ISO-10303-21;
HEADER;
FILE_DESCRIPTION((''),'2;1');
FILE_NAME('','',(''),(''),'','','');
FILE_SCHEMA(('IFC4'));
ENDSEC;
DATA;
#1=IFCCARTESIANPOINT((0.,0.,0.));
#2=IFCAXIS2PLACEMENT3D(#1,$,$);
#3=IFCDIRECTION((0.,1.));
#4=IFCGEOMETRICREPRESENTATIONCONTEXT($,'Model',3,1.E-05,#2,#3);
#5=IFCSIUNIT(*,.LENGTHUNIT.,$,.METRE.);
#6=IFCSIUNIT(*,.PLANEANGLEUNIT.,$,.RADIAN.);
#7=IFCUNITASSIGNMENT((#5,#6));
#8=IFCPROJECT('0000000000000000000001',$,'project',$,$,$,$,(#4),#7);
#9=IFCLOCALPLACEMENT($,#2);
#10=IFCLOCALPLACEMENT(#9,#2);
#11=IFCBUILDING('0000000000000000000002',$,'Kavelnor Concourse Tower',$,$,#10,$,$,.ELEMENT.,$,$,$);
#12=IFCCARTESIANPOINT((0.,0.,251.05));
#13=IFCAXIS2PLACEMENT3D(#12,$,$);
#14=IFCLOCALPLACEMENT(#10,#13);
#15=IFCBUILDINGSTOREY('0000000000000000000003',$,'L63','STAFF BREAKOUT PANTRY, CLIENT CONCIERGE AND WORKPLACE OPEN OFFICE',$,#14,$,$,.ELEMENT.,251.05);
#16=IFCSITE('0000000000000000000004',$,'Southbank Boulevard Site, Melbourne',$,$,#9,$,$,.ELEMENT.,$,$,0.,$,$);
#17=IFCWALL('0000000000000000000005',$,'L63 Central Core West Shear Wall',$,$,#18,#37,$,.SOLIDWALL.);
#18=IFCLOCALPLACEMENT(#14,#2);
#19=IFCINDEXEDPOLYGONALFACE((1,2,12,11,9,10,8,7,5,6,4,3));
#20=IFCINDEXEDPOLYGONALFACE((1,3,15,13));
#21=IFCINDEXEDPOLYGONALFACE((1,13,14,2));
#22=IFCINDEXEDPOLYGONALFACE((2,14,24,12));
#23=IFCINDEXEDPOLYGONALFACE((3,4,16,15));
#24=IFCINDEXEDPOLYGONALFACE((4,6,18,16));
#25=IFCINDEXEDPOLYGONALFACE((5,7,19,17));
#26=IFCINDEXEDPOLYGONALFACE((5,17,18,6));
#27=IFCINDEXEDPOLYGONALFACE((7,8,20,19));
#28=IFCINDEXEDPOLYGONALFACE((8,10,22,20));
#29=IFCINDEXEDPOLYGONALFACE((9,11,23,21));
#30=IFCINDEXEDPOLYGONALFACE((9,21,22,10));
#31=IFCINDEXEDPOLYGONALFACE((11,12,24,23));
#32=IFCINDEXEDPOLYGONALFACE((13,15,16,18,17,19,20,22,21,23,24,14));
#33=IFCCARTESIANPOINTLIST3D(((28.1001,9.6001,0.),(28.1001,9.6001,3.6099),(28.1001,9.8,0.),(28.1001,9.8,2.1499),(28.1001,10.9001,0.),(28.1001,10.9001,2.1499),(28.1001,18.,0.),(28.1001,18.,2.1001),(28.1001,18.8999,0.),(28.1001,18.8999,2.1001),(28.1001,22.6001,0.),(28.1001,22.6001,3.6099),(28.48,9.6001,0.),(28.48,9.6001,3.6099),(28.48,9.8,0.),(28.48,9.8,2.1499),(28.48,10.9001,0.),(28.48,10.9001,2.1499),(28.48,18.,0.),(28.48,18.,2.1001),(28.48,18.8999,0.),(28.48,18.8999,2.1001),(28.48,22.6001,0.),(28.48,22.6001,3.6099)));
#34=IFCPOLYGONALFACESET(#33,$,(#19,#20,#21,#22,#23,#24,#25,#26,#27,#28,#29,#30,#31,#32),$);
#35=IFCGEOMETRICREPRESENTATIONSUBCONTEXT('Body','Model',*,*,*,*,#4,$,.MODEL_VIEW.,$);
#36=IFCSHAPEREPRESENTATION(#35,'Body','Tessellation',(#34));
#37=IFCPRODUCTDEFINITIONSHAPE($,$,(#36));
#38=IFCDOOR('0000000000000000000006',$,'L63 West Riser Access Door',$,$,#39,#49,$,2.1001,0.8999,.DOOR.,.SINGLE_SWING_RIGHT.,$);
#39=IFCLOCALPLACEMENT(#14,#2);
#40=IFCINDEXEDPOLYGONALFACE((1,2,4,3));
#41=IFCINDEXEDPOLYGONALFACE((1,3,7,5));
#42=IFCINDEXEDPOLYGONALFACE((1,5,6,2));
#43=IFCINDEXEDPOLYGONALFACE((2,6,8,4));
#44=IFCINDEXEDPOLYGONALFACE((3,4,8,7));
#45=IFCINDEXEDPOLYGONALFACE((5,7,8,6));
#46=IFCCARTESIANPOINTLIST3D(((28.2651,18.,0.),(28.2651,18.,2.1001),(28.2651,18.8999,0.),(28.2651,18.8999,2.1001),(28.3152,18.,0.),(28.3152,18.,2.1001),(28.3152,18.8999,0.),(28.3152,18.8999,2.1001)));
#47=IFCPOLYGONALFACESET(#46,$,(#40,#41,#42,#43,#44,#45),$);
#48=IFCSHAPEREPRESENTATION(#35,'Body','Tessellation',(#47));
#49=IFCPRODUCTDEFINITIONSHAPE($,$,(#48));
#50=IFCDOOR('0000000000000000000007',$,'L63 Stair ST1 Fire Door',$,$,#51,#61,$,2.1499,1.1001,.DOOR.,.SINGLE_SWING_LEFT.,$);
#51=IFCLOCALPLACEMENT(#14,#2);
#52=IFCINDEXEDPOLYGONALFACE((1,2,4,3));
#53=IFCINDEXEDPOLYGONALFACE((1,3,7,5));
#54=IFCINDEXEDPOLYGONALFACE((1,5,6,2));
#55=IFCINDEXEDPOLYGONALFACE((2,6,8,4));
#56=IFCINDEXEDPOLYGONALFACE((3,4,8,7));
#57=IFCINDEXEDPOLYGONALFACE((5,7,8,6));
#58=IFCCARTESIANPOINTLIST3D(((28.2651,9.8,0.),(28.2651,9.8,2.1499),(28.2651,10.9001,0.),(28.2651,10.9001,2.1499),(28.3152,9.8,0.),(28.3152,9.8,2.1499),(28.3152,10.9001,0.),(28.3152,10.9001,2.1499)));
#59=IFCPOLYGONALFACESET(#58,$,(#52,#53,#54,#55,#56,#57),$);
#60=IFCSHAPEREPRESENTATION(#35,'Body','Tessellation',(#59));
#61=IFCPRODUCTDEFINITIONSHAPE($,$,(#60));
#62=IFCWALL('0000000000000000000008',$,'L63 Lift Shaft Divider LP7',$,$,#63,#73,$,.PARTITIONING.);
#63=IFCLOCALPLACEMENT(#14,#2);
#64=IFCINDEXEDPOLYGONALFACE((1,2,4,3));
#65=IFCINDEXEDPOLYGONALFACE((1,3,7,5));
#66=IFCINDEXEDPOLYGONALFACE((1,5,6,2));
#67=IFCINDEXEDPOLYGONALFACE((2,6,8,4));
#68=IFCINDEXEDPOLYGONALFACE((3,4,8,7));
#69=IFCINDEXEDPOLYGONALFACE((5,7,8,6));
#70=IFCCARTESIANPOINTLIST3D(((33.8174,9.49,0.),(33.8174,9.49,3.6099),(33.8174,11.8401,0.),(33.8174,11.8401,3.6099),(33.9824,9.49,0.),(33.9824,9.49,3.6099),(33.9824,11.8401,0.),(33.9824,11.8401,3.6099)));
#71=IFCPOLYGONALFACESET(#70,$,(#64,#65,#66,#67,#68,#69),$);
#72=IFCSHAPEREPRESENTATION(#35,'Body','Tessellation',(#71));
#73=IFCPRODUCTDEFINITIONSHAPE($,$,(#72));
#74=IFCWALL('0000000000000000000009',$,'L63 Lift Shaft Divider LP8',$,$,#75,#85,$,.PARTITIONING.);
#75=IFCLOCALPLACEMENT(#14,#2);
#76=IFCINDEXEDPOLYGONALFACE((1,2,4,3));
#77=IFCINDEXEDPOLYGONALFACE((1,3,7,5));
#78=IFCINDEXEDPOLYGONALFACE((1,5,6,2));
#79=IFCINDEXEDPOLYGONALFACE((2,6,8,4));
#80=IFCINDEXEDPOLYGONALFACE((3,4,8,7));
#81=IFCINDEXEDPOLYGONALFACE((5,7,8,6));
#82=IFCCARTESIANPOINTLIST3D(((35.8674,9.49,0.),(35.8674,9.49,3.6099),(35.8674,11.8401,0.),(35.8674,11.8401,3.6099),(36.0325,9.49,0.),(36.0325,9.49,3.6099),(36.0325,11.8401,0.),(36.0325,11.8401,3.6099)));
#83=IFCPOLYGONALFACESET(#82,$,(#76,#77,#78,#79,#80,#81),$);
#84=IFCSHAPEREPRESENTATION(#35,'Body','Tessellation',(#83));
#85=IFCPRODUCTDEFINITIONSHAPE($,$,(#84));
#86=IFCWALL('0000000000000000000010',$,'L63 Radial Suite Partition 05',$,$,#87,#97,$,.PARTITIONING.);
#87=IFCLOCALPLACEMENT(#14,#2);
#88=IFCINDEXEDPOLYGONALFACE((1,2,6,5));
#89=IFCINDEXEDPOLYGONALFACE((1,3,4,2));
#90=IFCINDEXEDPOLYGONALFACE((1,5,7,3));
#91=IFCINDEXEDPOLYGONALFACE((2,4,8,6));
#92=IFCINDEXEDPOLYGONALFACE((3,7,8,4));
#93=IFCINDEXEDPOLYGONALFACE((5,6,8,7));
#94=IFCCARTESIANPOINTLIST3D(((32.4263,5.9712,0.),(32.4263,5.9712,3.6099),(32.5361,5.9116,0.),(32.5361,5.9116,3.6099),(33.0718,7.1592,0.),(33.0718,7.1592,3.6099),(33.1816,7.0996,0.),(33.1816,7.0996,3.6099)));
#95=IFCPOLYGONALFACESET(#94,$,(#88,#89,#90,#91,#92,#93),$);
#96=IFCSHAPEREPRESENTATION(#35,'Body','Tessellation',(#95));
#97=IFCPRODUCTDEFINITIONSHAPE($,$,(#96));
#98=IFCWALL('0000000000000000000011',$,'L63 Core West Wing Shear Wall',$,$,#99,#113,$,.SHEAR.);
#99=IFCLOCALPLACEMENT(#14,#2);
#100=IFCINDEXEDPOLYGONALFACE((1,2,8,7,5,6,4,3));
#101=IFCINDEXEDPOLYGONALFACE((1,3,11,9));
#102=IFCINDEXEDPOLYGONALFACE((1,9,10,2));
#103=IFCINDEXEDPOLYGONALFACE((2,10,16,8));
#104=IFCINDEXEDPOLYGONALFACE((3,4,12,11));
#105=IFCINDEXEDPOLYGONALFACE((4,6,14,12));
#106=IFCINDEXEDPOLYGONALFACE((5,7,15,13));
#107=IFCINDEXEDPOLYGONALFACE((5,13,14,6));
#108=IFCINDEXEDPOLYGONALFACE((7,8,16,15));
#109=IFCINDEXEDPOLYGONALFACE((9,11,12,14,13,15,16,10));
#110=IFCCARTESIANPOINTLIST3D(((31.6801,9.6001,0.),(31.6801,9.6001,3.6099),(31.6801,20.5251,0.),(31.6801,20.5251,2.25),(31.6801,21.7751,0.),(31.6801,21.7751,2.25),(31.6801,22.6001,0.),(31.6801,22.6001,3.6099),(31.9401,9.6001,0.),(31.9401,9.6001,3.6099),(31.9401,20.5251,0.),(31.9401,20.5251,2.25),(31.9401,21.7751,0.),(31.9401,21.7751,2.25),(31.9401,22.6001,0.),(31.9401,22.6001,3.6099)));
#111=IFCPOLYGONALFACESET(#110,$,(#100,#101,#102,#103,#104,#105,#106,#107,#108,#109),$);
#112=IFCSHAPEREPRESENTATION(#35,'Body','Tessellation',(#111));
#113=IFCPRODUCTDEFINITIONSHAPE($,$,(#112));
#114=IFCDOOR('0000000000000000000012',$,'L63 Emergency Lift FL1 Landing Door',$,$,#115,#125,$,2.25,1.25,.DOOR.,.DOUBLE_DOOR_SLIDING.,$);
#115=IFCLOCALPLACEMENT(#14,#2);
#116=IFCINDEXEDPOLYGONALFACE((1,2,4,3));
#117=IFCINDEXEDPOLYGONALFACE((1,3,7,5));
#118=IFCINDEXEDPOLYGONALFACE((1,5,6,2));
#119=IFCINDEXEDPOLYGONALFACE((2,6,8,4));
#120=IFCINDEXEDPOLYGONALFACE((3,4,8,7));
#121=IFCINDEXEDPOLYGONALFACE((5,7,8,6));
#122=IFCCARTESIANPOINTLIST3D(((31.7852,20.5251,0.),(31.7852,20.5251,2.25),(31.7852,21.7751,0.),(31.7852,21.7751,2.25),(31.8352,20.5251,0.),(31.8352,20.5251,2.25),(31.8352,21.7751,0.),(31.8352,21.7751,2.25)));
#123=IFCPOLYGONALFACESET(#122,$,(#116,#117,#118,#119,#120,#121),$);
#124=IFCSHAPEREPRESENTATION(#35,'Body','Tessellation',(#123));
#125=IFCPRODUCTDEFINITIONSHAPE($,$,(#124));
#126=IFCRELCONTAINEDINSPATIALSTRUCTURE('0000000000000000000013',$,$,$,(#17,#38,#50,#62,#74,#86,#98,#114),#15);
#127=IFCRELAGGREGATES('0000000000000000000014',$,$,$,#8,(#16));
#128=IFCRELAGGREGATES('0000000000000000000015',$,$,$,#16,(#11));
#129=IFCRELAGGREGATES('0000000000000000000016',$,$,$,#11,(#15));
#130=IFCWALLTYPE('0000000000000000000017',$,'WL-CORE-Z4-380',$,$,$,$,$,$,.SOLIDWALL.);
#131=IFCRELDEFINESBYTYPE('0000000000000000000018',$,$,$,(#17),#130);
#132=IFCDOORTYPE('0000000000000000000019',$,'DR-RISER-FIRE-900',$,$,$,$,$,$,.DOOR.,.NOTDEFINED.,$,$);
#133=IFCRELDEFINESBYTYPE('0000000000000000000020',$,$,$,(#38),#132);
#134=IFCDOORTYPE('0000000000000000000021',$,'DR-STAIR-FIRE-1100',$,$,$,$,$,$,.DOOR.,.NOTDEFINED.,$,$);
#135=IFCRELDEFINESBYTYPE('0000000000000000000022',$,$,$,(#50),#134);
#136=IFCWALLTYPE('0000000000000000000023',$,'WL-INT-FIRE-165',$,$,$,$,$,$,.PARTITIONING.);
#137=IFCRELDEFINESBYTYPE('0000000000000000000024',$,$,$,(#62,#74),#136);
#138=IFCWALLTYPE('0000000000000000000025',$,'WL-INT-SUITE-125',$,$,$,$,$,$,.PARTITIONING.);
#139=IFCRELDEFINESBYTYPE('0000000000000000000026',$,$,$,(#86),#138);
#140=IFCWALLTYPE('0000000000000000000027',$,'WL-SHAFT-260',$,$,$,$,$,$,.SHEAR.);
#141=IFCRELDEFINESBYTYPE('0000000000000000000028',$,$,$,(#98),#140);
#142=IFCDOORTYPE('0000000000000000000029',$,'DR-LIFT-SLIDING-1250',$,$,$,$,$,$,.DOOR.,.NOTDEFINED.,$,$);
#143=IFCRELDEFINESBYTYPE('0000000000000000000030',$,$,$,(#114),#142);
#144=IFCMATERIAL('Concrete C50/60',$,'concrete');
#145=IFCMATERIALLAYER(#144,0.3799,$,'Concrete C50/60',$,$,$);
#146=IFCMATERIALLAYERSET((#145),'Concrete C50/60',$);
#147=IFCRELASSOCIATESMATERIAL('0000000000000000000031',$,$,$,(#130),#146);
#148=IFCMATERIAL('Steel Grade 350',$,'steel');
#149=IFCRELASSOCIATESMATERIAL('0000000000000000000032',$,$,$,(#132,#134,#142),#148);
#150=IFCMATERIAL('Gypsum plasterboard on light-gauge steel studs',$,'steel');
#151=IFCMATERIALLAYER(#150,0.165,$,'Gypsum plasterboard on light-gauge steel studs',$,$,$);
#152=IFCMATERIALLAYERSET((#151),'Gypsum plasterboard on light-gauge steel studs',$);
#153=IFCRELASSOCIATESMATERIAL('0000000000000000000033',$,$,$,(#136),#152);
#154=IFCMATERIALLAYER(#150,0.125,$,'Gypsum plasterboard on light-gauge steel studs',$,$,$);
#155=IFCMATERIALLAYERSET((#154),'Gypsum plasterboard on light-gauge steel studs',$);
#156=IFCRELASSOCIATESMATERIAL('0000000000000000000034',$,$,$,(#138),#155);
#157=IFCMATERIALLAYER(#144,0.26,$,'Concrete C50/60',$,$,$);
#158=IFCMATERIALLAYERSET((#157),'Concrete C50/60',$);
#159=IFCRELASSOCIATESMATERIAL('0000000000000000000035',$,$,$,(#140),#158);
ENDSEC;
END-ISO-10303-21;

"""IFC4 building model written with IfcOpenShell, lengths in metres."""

from ifc_helpers import new_model, si_unit, direction, frame, frame_2d, origin, place, context, subcontext, project, spatial, rectangle, extrude, material, layer, layer_set, type_object, element, fill, save


model = new_model("IFC4")

# Units and contexts
model_context = context("Model", 3, precision=1e-05, world=origin(), true_north=direction((0.0, 1.0)))
body_context = subcontext(model_context, "Body", "Model", "MODEL_VIEW")
ifc_project = project(units=[si_unit("LENGTHUNIT", "METRE"), si_unit("PLANEANGLEUNIT", "RADIAN")], contexts=[model_context])

# Site, building, storey
site_placement = place(None, origin())
site = spatial("IfcSite", under=ifc_project, at=site_placement, Name="Southbank Boulevard Site, Melbourne", CompositionType="ELEMENT", RefElevation=0.0)
building_placement = place(site_placement, origin())
building = spatial("IfcBuilding", under=site, at=building_placement, Name="Kavelnor Concourse Tower", CompositionType="ELEMENT")
storey_placement = place(building_placement, frame((0.0, 0.0, 251.05)))
storey = spatial("IfcBuildingStorey", under=building, at=storey_placement, Name="L63", Description="STAFF BREAKOUT PANTRY, CLIENT CONCIERGE AND WORKPLACE OPEN OFFICE", CompositionType="ELEMENT", Elevation=251.05)

# Shared definitions
ifc_material_1 = material(Name="Steel Grade 350", Category="steel")

# Wall, openings, doors
ifc_material_2 = material(Name="Concrete C50/60", Category="concrete")
ifc_layer_1 = layer(ifc_material_2, 0.3799, Name="Concrete C50/60")
ifc_layer_set_1 = layer_set([ifc_layer_1], Name="Concrete C50/60")
wall_type_1 = type_object("IfcWallType", Name="WL-CORE-Z4-380", PredefinedType="SOLIDWALL", material=ifc_layer_set_1)
wall_1_placement = place(storey_placement, frame((28.29, 9.6001, 0.0), z_axis=(0.0, 0.0, 1.0), x_axis=(0.0, 1.0, 0.0)))
wall_1 = element("IfcWall", 1, at=wall_1_placement, inside=storey, type_object=wall_type_1, Name="L63 Central Core West Shear Wall", PredefinedType="SOLIDWALL", context=body_context, shape_type="SweptSolid", body=[
    extrude(rectangle(XDim=13.0, YDim=0.3799, at=frame_2d((6.5, 0.0))), origin(), (0.0, 0.0, 1.0), 3.6099),
])
opening_1_placement = place(wall_1_placement, frame((0.2, 0.0, 0.0)))
opening_1 = element("IfcOpeningElement", 2, at=opening_1_placement, cuts=wall_1, PredefinedType="OPENING", context=body_context, shape_type="SweptSolid", body=[
    extrude(rectangle(XDim=1.1001, YDim=2.1499, at=frame_2d((0.55, 1.075))), frame((0.0, 0.2, 0.0), z_axis=(0.0, -1.0, 0.0), x_axis=(1.0, 0.0, 0.0)), (0.0, 0.0, 1.0), 0.3999),
])
opening_2_placement = place(wall_1_placement, frame((8.3999, 0.0, 0.0)))
opening_2 = element("IfcOpeningElement", 3, at=opening_2_placement, cuts=wall_1, PredefinedType="OPENING", context=body_context, shape_type="SweptSolid", body=[
    extrude(rectangle(XDim=0.8999, YDim=2.1001, at=frame_2d((0.45, 1.05))), frame((0.0, 0.2, 0.0), z_axis=(0.0, -1.0, 0.0), x_axis=(1.0, 0.0, 0.0)), (0.0, 0.0, 1.0), 0.3999),
])
door_type_1 = type_object("IfcDoorType", Name="DR-RISER-FIRE-900", OperationType="NOTDEFINED", PredefinedType="DOOR", material=ifc_material_1)
door_1_placement = place(opening_2_placement, origin())
door_1 = element("IfcDoor", 4, at=door_1_placement, inside=storey, type_object=door_type_1, Name="L63 West Riser Access Door", OperationType="SINGLE_SWING_RIGHT", OverallHeight=2.1001, OverallWidth=0.8999, PredefinedType="DOOR", context=body_context, shape_type="SweptSolid", body=[
    extrude(rectangle(XDim=0.8999, YDim=2.1001, at=frame_2d((0.45, 1.05))), frame((0.0, 0.0249, 0.0), z_axis=(0.0, -1.0, 0.0), x_axis=(1.0, 0.0, 0.0)), (0.0, 0.0, 1.0), 0.05),
])
fill(opening_2, door_1)
door_type_2 = type_object("IfcDoorType", Name="DR-STAIR-FIRE-1100", OperationType="NOTDEFINED", PredefinedType="DOOR", material=ifc_material_1)
door_2_placement = place(opening_1_placement, origin())
door_2 = element("IfcDoor", 5, at=door_2_placement, inside=storey, type_object=door_type_2, Name="L63 Stair ST1 Fire Door", OperationType="SINGLE_SWING_LEFT", OverallHeight=2.1499, OverallWidth=1.1001, PredefinedType="DOOR", context=body_context, shape_type="SweptSolid", body=[
    extrude(rectangle(XDim=1.1001, YDim=2.1499, at=frame_2d((0.55, 1.075))), frame((0.0, 0.0249, 0.0), z_axis=(0.0, -1.0, 0.0), x_axis=(1.0, 0.0, 0.0)), (0.0, 0.0, 1.0), 0.05),
])
fill(opening_1, door_2)

# Walls
ifc_material_3 = material(Name="Gypsum plasterboard on light-gauge steel studs", Category="steel")
ifc_layer_2 = layer(ifc_material_3, 0.165, Name="Gypsum plasterboard on light-gauge steel studs")
ifc_layer_set_2 = layer_set([ifc_layer_2], Name="Gypsum plasterboard on light-gauge steel studs")
wall_type_2 = type_object("IfcWallType", Name="WL-INT-FIRE-165", PredefinedType="PARTITIONING", material=ifc_layer_set_2)
for number, where, z_axis, x_axis, name in (
    (6, (33.8999, 9.49, 0.0), (0.0, 0.0, 1.0), (0.0, 1.0, 0.0), "L63 Lift Shaft Divider LP7"),
    (7, (35.95, 9.49, 0.0), (0.0, 0.0, 1.0), (0.0, 1.0, 0.0), "L63 Lift Shaft Divider LP8"),
):
    element("IfcWall", number, at=place(storey_placement, frame(where, z_axis=z_axis, x_axis=x_axis)), inside=storey, type_object=wall_type_2, Name=name, PredefinedType="PARTITIONING", context=body_context, shape_type="SweptSolid", body=[
        extrude(rectangle(XDim=2.3501, YDim=0.165, at=frame_2d((1.175, 0.0))), origin(), (0.0, 0.0, 1.0), 3.6099),
    ])
ifc_layer_3 = layer(ifc_material_3, 0.125, Name="Gypsum plasterboard on light-gauge steel studs")
ifc_layer_set_3 = layer_set([ifc_layer_3], Name="Gypsum plasterboard on light-gauge steel studs")
wall_type_3 = type_object("IfcWallType", Name="WL-INT-SUITE-125", PredefinedType="PARTITIONING", material=ifc_layer_set_3)
wall_2_placement = place(storey_placement, frame((33.1267, 7.1294, 0.0), z_axis=(0.0, 0.0, 1.0), x_axis=(-0.477435, -0.878667, 0.0)))
element("IfcWall", 8, at=wall_2_placement, inside=storey, type_object=wall_type_3, Name="L63 Radial Suite Partition 05", PredefinedType="PARTITIONING", context=body_context, shape_type="SweptSolid", body=[
    extrude(rectangle(XDim=1.3521, YDim=0.125, at=frame_2d((0.676, 0.0))), origin(), (0.0, 0.0, 1.0), 3.6099),
])

# Wall, opening, door
ifc_layer_4 = layer(ifc_material_2, 0.26, Name="Concrete C50/60")
ifc_layer_set_4 = layer_set([ifc_layer_4], Name="Concrete C50/60")
wall_type_4 = type_object("IfcWallType", Name="WL-SHAFT-260", PredefinedType="SHEAR", material=ifc_layer_set_4)
wall_3_placement = place(storey_placement, frame((31.8101, 9.6001, 0.0), z_axis=(0.0, 0.0, 1.0), x_axis=(0.0, 1.0, 0.0)))
wall_3 = element("IfcWall", 9, at=wall_3_placement, inside=storey, type_object=wall_type_4, Name="L63 Core West Wing Shear Wall", PredefinedType="SHEAR", context=body_context, shape_type="SweptSolid", body=[
    extrude(rectangle(XDim=13.0, YDim=0.26, at=frame_2d((6.5, 0.0))), origin(), (0.0, 0.0, 1.0), 3.6099),
])
opening_3_placement = place(wall_3_placement, frame((10.925, 0.0, 0.0)))
opening_3 = element("IfcOpeningElement", 10, at=opening_3_placement, cuts=wall_3, PredefinedType="OPENING", context=body_context, shape_type="SweptSolid", body=[
    extrude(rectangle(XDim=1.25, YDim=2.25, at=frame_2d((0.625, 1.125))), frame((0.0, 0.1401, 0.0), z_axis=(0.0, -1.0, 0.0), x_axis=(1.0, 0.0, 0.0)), (0.0, 0.0, 1.0), 0.28),
])
door_type_3 = type_object("IfcDoorType", Name="DR-LIFT-SLIDING-1250", OperationType="NOTDEFINED", PredefinedType="DOOR", material=ifc_material_1)
door_3_placement = place(opening_3_placement, origin())
door_3 = element("IfcDoor", 11, at=door_3_placement, inside=storey, type_object=door_type_3, Name="L63 Emergency Lift FL1 Landing Door", OperationType="DOUBLE_DOOR_SLIDING", OverallHeight=2.25, OverallWidth=1.25, PredefinedType="DOOR", context=body_context, shape_type="SweptSolid", body=[
    extrude(rectangle(XDim=1.25, YDim=2.25, at=frame_2d((0.625, 1.125))), frame((0.0, 0.0249, 0.0), z_axis=(0.0, -1.0, 0.0), x_axis=(1.0, 0.0, 0.0)), (0.0, 0.0, 1.0), 0.05),
])
fill(opening_3, door_3)

save(model, "model.ifc")
